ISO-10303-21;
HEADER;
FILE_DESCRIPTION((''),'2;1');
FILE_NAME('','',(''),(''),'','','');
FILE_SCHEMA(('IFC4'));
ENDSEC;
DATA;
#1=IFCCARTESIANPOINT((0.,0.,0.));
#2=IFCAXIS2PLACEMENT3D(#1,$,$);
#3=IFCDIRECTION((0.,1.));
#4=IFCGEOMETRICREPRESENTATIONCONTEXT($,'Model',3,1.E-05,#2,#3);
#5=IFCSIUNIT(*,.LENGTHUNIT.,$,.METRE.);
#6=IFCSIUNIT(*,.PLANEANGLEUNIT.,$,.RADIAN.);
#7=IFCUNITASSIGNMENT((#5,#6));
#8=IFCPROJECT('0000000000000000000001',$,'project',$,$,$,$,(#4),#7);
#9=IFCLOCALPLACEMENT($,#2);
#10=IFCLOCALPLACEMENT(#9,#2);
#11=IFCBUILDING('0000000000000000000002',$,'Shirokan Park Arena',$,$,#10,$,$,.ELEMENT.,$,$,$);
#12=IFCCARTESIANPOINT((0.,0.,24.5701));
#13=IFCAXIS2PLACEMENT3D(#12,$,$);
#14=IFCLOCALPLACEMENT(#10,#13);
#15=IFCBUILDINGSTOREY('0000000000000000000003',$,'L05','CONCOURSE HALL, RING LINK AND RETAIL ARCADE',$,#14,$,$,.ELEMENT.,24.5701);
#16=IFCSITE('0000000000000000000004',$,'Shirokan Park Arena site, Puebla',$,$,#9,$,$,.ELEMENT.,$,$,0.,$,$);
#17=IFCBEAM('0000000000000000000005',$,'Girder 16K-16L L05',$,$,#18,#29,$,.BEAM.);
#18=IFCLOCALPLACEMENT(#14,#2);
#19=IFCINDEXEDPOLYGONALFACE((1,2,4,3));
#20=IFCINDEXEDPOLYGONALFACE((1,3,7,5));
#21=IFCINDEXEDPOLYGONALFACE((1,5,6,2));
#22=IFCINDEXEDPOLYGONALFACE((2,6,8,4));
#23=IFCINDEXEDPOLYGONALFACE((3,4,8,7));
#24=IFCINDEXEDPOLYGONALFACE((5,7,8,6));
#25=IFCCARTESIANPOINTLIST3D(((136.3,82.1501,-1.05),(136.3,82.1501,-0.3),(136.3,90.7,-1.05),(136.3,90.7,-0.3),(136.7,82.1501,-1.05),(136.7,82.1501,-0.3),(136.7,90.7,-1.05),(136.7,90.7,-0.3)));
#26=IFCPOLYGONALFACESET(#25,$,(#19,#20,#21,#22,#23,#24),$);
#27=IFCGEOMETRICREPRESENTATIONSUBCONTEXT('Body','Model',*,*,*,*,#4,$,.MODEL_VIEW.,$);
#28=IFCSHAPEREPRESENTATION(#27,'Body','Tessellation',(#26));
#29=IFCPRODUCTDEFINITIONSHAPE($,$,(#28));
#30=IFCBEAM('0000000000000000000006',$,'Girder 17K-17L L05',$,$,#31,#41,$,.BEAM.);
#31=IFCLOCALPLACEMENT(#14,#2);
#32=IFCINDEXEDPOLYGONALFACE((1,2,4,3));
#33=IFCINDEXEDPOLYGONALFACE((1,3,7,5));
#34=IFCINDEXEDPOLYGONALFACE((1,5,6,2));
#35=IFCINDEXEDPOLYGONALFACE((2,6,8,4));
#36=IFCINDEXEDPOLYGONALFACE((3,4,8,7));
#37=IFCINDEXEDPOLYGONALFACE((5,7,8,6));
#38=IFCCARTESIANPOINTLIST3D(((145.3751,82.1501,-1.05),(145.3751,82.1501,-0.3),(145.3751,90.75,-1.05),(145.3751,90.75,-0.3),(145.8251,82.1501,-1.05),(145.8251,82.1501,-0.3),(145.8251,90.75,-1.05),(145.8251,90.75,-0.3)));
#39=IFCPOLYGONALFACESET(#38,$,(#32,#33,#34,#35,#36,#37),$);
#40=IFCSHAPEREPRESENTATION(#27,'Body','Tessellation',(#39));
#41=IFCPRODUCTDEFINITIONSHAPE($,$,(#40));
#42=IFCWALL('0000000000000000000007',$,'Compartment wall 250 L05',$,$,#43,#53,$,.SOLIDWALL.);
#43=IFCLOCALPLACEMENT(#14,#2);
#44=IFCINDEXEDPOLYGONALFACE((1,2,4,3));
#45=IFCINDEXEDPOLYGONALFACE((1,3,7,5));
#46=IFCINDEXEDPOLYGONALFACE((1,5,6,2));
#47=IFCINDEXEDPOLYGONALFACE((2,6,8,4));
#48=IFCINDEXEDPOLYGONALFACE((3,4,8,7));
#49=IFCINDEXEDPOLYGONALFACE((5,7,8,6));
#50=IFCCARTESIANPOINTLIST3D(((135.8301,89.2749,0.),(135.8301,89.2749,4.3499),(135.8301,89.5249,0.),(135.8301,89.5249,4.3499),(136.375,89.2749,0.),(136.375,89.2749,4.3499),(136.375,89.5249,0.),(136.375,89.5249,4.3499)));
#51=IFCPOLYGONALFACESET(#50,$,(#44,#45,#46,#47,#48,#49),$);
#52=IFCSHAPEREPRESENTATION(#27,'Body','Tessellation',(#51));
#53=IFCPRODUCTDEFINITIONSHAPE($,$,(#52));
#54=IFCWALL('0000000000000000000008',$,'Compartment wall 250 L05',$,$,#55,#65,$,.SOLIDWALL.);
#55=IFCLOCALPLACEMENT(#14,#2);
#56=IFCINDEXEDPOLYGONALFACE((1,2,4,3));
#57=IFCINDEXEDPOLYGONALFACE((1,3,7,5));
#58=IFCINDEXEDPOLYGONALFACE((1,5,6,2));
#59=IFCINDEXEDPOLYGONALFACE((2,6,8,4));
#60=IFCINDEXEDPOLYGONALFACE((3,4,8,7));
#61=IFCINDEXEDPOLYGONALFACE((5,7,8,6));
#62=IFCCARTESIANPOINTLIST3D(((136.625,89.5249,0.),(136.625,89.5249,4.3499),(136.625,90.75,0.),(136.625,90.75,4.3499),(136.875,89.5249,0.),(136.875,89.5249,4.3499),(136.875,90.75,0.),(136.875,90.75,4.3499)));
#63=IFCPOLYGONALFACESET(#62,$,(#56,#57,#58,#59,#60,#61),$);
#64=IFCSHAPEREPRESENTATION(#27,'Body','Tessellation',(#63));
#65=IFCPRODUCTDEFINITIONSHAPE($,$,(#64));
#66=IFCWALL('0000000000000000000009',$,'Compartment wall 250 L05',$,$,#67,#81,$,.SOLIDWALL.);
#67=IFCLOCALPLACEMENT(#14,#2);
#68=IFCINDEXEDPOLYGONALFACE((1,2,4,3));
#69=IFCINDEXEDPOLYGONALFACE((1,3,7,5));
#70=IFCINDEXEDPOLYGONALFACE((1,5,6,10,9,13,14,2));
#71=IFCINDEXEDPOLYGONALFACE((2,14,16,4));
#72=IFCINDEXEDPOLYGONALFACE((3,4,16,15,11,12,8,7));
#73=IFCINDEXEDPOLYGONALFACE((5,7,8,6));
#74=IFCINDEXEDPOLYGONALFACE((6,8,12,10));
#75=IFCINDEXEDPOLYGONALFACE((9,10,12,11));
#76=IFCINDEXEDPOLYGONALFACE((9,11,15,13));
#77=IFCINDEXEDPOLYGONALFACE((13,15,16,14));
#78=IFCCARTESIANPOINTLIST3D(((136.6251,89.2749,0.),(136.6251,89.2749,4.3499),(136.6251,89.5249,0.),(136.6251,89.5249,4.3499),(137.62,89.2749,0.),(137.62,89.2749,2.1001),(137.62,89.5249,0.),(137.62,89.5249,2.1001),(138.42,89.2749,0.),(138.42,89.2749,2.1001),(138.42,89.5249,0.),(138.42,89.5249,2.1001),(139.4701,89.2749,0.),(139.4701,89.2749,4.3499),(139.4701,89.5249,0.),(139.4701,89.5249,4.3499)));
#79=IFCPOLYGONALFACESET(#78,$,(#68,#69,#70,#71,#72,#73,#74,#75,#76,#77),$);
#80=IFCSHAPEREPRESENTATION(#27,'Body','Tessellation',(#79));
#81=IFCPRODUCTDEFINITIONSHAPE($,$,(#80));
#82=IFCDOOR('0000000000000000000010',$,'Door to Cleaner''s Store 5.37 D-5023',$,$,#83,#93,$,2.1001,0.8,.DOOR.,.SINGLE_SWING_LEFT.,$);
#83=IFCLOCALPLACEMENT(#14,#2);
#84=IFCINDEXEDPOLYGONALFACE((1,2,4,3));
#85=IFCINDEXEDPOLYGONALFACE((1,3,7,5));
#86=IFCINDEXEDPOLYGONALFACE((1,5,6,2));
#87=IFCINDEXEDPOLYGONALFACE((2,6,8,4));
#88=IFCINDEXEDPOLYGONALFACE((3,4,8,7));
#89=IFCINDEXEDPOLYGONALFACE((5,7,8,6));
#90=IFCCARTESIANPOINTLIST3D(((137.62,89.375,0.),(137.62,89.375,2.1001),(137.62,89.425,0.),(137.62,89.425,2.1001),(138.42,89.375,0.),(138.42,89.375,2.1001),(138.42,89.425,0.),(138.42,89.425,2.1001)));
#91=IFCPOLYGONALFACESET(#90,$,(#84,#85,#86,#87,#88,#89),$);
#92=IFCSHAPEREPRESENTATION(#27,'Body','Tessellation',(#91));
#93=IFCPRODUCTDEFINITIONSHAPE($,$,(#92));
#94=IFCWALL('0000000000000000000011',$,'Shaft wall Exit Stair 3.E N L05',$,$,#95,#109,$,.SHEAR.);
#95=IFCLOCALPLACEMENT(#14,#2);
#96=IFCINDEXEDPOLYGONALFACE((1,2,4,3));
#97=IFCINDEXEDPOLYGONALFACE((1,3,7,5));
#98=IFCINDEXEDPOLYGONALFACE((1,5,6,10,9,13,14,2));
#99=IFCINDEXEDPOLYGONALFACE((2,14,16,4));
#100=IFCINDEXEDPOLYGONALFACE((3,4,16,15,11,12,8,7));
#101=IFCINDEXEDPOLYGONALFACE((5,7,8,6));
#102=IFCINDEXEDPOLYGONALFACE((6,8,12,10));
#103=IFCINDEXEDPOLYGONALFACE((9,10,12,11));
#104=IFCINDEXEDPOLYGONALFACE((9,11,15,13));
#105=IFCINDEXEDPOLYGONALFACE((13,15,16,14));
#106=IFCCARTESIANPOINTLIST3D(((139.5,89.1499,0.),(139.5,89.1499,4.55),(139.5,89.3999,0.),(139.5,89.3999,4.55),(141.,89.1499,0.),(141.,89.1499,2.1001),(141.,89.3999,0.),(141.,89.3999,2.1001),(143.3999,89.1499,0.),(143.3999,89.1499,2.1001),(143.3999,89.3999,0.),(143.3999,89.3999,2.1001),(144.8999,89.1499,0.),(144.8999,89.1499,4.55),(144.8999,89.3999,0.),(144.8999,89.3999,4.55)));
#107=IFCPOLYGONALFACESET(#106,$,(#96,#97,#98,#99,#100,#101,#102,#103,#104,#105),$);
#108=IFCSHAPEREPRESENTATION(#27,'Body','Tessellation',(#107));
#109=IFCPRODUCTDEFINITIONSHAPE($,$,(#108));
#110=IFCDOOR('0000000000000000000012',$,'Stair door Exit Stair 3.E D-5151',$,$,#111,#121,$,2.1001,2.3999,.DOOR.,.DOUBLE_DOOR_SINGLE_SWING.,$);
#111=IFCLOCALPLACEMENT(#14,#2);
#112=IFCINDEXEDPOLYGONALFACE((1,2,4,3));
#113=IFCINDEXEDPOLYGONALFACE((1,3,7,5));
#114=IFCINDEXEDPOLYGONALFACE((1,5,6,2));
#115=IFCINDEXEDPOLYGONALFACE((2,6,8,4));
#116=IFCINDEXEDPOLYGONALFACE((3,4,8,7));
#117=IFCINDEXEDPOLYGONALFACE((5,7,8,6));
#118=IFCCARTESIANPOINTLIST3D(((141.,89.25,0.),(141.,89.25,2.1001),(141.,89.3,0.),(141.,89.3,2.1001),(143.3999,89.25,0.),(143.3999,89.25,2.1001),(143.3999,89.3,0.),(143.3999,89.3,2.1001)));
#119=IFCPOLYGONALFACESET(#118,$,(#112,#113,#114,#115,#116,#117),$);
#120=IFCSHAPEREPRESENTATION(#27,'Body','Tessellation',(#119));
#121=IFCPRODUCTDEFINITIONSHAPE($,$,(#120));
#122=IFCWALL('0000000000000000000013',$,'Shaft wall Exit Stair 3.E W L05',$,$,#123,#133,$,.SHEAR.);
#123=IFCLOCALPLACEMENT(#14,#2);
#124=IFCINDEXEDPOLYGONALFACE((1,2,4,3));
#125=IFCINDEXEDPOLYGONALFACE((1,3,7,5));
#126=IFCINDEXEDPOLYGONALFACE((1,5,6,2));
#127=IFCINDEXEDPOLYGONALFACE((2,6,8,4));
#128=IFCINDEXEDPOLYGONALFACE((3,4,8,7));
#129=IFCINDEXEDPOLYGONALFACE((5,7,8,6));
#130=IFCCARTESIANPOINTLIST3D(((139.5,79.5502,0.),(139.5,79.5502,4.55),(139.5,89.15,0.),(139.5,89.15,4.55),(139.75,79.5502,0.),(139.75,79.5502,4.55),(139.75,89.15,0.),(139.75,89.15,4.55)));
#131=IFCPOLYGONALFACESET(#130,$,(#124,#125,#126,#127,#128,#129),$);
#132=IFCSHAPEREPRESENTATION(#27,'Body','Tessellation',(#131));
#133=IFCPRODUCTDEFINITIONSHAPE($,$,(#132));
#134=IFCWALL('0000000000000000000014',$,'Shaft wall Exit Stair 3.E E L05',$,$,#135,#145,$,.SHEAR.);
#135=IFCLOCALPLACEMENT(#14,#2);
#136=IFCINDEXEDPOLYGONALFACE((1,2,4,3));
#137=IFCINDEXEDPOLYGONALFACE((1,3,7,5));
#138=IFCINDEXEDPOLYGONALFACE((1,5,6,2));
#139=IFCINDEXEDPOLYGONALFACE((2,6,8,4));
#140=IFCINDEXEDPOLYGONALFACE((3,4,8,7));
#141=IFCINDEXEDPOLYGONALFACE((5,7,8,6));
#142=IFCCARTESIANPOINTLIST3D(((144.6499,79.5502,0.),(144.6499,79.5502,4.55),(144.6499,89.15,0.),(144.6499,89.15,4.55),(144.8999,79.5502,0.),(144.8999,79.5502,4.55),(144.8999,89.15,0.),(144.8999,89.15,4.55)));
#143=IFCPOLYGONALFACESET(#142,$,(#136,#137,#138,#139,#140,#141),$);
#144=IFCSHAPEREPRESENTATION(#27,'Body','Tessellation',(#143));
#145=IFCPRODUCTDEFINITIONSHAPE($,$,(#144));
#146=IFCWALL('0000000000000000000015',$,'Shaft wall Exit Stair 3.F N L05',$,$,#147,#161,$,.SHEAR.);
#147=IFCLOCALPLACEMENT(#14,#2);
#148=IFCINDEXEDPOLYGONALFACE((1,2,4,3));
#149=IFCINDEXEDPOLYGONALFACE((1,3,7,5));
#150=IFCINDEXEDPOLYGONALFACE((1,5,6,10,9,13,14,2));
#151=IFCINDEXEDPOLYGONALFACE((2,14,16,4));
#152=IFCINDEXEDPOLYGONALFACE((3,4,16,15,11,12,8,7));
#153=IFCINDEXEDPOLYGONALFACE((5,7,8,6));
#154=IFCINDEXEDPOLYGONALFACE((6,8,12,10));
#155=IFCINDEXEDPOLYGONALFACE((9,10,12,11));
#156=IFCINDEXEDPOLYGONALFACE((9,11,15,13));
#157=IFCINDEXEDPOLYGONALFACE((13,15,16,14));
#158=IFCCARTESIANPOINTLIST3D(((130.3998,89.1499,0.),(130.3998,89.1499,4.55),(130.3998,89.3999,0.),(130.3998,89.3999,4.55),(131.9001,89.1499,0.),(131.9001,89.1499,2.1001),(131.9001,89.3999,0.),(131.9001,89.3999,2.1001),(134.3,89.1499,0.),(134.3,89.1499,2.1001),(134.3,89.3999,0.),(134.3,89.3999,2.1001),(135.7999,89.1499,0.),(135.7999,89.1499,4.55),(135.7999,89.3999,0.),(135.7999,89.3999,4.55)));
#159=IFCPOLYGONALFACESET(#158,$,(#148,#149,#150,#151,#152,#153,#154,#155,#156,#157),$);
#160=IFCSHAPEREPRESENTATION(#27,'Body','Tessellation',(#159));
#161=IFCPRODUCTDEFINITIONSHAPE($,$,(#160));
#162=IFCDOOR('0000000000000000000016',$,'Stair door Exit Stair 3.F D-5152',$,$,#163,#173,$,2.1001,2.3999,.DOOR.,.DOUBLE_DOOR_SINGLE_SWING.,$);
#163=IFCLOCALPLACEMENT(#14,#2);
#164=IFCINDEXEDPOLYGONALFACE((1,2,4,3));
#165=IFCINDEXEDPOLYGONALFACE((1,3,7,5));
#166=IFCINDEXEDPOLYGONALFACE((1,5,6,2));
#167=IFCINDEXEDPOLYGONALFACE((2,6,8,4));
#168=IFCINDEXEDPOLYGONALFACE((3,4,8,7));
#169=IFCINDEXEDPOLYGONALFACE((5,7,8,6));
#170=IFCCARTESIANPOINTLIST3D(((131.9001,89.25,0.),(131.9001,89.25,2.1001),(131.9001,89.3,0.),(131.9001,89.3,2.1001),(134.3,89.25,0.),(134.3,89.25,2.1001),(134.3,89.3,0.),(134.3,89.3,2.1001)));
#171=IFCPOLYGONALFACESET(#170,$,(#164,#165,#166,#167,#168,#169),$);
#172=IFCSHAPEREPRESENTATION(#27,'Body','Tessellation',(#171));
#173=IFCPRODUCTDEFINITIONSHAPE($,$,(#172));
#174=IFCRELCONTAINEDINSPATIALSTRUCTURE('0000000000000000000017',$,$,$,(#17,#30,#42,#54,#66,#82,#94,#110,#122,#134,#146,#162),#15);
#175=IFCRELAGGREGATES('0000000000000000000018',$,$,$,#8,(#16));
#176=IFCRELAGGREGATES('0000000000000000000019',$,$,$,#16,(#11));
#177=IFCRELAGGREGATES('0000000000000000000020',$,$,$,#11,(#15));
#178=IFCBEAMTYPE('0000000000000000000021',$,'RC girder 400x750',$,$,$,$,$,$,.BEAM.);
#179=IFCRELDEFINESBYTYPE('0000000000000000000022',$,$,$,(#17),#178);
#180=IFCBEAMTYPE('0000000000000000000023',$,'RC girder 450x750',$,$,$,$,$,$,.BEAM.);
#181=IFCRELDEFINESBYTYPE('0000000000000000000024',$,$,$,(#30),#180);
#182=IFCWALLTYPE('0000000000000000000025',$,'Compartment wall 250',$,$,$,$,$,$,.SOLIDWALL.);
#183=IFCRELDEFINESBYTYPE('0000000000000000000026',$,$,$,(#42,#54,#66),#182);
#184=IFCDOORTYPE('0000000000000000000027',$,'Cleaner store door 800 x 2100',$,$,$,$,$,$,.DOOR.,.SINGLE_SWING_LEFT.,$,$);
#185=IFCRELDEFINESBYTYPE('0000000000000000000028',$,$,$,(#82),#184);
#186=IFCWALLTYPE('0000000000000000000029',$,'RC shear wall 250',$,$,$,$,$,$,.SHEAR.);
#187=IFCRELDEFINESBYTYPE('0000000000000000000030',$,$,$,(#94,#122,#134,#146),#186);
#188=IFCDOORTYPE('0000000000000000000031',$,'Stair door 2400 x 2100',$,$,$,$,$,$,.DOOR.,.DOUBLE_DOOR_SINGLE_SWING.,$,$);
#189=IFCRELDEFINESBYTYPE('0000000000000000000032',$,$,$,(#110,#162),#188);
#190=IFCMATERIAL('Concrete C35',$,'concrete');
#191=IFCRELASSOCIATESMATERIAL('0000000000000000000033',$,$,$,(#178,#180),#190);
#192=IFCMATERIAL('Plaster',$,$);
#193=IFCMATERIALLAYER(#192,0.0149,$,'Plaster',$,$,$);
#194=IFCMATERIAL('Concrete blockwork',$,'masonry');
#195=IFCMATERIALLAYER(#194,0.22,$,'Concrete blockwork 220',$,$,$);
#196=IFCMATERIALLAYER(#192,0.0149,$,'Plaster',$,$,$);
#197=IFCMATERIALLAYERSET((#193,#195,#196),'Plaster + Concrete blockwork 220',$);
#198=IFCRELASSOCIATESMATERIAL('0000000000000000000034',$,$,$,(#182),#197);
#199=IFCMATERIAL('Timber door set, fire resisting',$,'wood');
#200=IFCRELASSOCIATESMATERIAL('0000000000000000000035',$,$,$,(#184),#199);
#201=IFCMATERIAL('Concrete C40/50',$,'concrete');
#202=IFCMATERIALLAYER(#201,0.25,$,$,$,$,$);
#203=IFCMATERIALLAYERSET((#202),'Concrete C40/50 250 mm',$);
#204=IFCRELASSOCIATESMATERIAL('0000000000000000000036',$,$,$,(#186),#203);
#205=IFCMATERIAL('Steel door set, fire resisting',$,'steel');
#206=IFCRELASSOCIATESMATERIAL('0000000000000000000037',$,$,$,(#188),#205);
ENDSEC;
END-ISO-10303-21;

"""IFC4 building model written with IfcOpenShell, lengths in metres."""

from ifc_helpers import new_model, si_unit, direction, frame, frame_2d, origin, origin_2d, place, context, subcontext, project, spatial, rectangle, extrude, material, layer, layer_set, material_profile, profile_set, type_object, element, fill, save


model = new_model("IFC4")

# Units and contexts
model_context = context("Model", 3, precision=1e-05, world=origin(), true_north=direction((0.0, 1.0)))
body_context = subcontext(model_context, "Body", "Model", "MODEL_VIEW")
ifc_project = project(units=[si_unit("LENGTHUNIT", "METRE"), si_unit("PLANEANGLEUNIT", "RADIAN")], contexts=[model_context])

# Site, building, storey
site_placement = place(None, origin())
site = spatial("IfcSite", under=ifc_project, at=site_placement, Name="Shirokan Park Arena site, Puebla", CompositionType="ELEMENT", RefElevation=0.0)
building_placement = place(site_placement, origin())
building = spatial("IfcBuilding", under=site, at=building_placement, Name="Shirokan Park Arena", CompositionType="ELEMENT")
storey_placement = place(building_placement, frame((0.0, 0.0, 24.5701)))
storey = spatial("IfcBuildingStorey", under=building, at=storey_placement, Name="L05", Description="CONCOURSE HALL, RING LINK AND RETAIL ARCADE", CompositionType="ELEMENT", Elevation=24.5701)

# Beams
ifc_material_1 = material(Name="Concrete C35", Category="concrete")
ifc_material_profile_1 = material_profile(ifc_material_1, rectangle(XDim=0.3999, YDim=0.75, at=origin_2d()), Name="400x750")
ifc_profile_set_1 = profile_set([ifc_material_profile_1], Name="Concrete C35")
beam_type_1 = type_object("IfcBeamType", Name="RC girder 400x750", PredefinedType="BEAM", material=ifc_profile_set_1)
beam_1_placement = place(storey_placement, frame((136.5, 82.1501, -0.675), z_axis=(0.0, 1.0, 0.0), x_axis=(-1.0, 0.0, 0.0)))
element("IfcBeam", 1, at=beam_1_placement, inside=storey, type_object=beam_type_1, Name="Girder 16K-16L L05", PredefinedType="BEAM", context=body_context, shape_type="SweptSolid", body=[
    extrude(rectangle(XDim=0.3999, YDim=0.75, at=origin_2d()), origin(), (0.0, 0.0, 1.0), 8.5498),
])
ifc_material_profile_2 = material_profile(ifc_material_1, rectangle(XDim=0.45, YDim=0.75, at=origin_2d()), Name="450x750")
ifc_profile_set_2 = profile_set([ifc_material_profile_2], Name="Concrete C35")
beam_type_2 = type_object("IfcBeamType", Name="RC girder 450x750", PredefinedType="BEAM", material=ifc_profile_set_2)
beam_2_placement = place(storey_placement, frame((145.6001, 82.1501, -0.675), z_axis=(0.0, 1.0, 0.0), x_axis=(-1.0, 0.0, 0.0)))
element("IfcBeam", 2, at=beam_2_placement, inside=storey, type_object=beam_type_2, Name="Girder 17K-17L L05", PredefinedType="BEAM", context=body_context, shape_type="SweptSolid", body=[
    extrude(rectangle(XDim=0.45, YDim=0.75, at=origin_2d()), origin(), (0.0, 0.0, 1.0), 8.5999),
])

# Walls
ifc_material_2 = material(Name="Plaster")
ifc_layer_1 = layer(ifc_material_2, 0.0149, Name="Plaster")
ifc_material_3 = material(Name="Concrete blockwork", Category="masonry")
ifc_layer_2 = layer(ifc_material_3, 0.22, Name="Concrete blockwork 220")
ifc_layer_3 = layer(ifc_material_2, 0.0149, Name="Plaster")
ifc_layer_set_1 = layer_set([ifc_layer_1, ifc_layer_2, ifc_layer_3], Name="Plaster + Concrete blockwork 220")
wall_type_1 = type_object("IfcWallType", Name="Compartment wall 250", PredefinedType="SOLIDWALL", material=ifc_layer_set_1)
wall_1_placement = place(storey_placement, frame((136.375, 89.3999, 0.0), z_axis=(0.0, 0.0, 1.0), x_axis=(-1.0, 0.0, 0.0)))
element("IfcWall", 3, at=wall_1_placement, inside=storey, type_object=wall_type_1, Name="Compartment wall 250 L05", PredefinedType="SOLIDWALL", context=body_context, shape_type="SweptSolid", body=[
    extrude(rectangle(XDim=0.5449, YDim=0.25, at=frame_2d((0.2725, 0.0))), origin(), (0.0, 0.0, 1.0), 4.3499),
])
wall_2_placement = place(storey_placement, frame((136.75, 89.5249, 0.0), z_axis=(0.0, 0.0, 1.0), x_axis=(0.0, 1.0, 0.0)))
element("IfcWall", 4, at=wall_2_placement, inside=storey, type_object=wall_type_1, Name="Compartment wall 250 L05", PredefinedType="SOLIDWALL", context=body_context, shape_type="SweptSolid", body=[
    extrude(rectangle(XDim=1.2251, YDim=0.25, at=frame_2d((0.6125, 0.0))), origin(), (0.0, 0.0, 1.0), 4.3499),
])

# Walls, openings, doors
wall_3_placement = place(storey_placement, frame((139.47, 89.3999, 0.0), z_axis=(0.0, 0.0, 1.0), x_axis=(-1.0, 0.0, 0.0)))
wall_3 = element("IfcWall", 5, at=wall_3_placement, inside=storey, type_object=wall_type_1, Name="Compartment wall 250 L05", PredefinedType="SOLIDWALL", context=body_context, shape_type="SweptSolid", body=[
    extrude(rectangle(XDim=2.845, YDim=0.25, at=frame_2d((1.4224, 0.0))), origin(), (0.0, 0.0, 1.0), 4.3499),
])
opening_1_placement = place(wall_3_placement, frame((1.05, 0.0, 0.0)))
opening_1 = element("IfcOpeningElement", 6, at=opening_1_placement, cuts=wall_3, PredefinedType="OPENING", context=body_context, shape_type="SweptSolid", body=[
    extrude(rectangle(XDim=0.8, YDim=2.1001, at=frame_2d((0.3999, 1.05))), frame((0.0, 0.135, 0.0), z_axis=(0.0, -1.0, 0.0), x_axis=(1.0, 0.0, 0.0)), (0.0, 0.0, 1.0), 0.27),
])
ifc_material_4 = material(Name="Timber door set, fire resisting", Category="wood")
door_type_1 = type_object("IfcDoorType", Name="Cleaner store door 800 x 2100", OperationType="SINGLE_SWING_LEFT", PredefinedType="DOOR", material=ifc_material_4)
door_1_placement = place(opening_1_placement, origin())
door_1 = element("IfcDoor", 7, at=door_1_placement, inside=storey, type_object=door_type_1, Name="Door to Cleaner's Store 5.37 D-5023", OperationType="SINGLE_SWING_LEFT", OverallHeight=2.1001, OverallWidth=0.8, PredefinedType="DOOR", context=body_context, shape_type="SweptSolid", body=[
    extrude(rectangle(XDim=0.8, YDim=2.1001, at=frame_2d((0.3999, 1.05))), frame((0.0, 0.0249, 0.0), z_axis=(0.0, -1.0, 0.0), x_axis=(1.0, 0.0, 0.0)), (0.0, 0.0, 1.0), 0.05),
])
fill(opening_1, door_1)
ifc_material_5 = material(Name="Concrete C40/50", Category="concrete")
ifc_layer_4 = layer(ifc_material_5, 0.25)
ifc_layer_set_2 = layer_set([ifc_layer_4], Name="Concrete C40/50 250 mm")
wall_type_2 = type_object("IfcWallType", Name="RC shear wall 250", PredefinedType="SHEAR", material=ifc_layer_set_2)
wall_4_placement = place(storey_placement, frame((144.8999, 89.2749, 0.0), z_axis=(0.0, 0.0, 1.0), x_axis=(-1.0, 0.0, 0.0)))
wall_4 = element("IfcWall", 8, at=wall_4_placement, inside=storey, type_object=wall_type_2, Name="Shaft wall Exit Stair 3.E N L05", PredefinedType="SHEAR", context=body_context, shape_type="SweptSolid", body=[
    extrude(rectangle(XDim=5.3999, YDim=0.25, at=frame_2d((2.7, 0.0))), origin(), (0.0, 0.0, 1.0), 4.55),
])
opening_2_placement = place(wall_4_placement, frame((1.5, 0.0, 0.0)))
opening_2 = element("IfcOpeningElement", 9, at=opening_2_placement, cuts=wall_4, PredefinedType="OPENING", context=body_context, shape_type="SweptSolid", body=[
    extrude(rectangle(XDim=2.3999, YDim=2.1001, at=frame_2d((1.2, 1.05))), frame((0.0, 0.135, 0.0), z_axis=(0.0, -1.0, 0.0), x_axis=(1.0, 0.0, 0.0)), (0.0, 0.0, 1.0), 0.27),
])
ifc_material_6 = material(Name="Steel door set, fire resisting", Category="steel")
door_type_2 = type_object("IfcDoorType", Name="Stair door 2400 x 2100", OperationType="DOUBLE_DOOR_SINGLE_SWING", PredefinedType="DOOR", material=ifc_material_6)
door_2_placement = place(opening_2_placement, origin())
door_2 = element("IfcDoor", 10, at=door_2_placement, inside=storey, type_object=door_type_2, Name="Stair door Exit Stair 3.E D-5151", OperationType="DOUBLE_DOOR_SINGLE_SWING", OverallHeight=2.1001, OverallWidth=2.3999, PredefinedType="DOOR", context=body_context, shape_type="SweptSolid", body=[
    extrude(rectangle(XDim=2.3999, YDim=2.1001, at=frame_2d((1.2, 1.05))), frame((0.0, 0.0249, 0.0), z_axis=(0.0, -1.0, 0.0), x_axis=(1.0, 0.0, 0.0)), (0.0, 0.0, 1.0), 0.05),
])
fill(opening_2, door_2)

# Walls
for number, where, z_axis, x_axis, name in (
    (11, (139.625, 89.1499, 0.0), (0.0, 0.0, 1.0), (0.0, -1.0, 0.0), "Shaft wall Exit Stair 3.E W L05"),
    (12, (144.7749, 89.1499, 0.0), (0.0, 0.0, 1.0), (0.0, -1.0, 0.0), "Shaft wall Exit Stair 3.E E L05"),
):
    element("IfcWall", number, at=place(storey_placement, frame(where, z_axis=z_axis, x_axis=x_axis)), inside=storey, type_object=wall_type_2, Name=name, PredefinedType="SHEAR", context=body_context, shape_type="SweptSolid", body=[
        extrude(rectangle(XDim=9.5999, YDim=0.25, at=frame_2d((4.7998, 0.0))), origin(), (0.0, 0.0, 1.0), 4.55),
    ])

# Wall, opening, door
wall_5_placement = place(storey_placement, frame((135.8, 89.2749, 0.0), z_axis=(0.0, 0.0, 1.0), x_axis=(-1.0, 0.0, 0.0)))
wall_5 = element("IfcWall", 13, at=wall_5_placement, inside=storey, type_object=wall_type_2, Name="Shaft wall Exit Stair 3.F N L05", PredefinedType="SHEAR", context=body_context, shape_type="SweptSolid", body=[
    extrude(rectangle(XDim=5.4001, YDim=0.25, at=frame_2d((2.7002, 0.0))), origin(), (0.0, 0.0, 1.0), 4.55),
])
opening_3_placement = place(wall_5_placement, frame((1.5, 0.0, 0.0)))
opening_3 = element("IfcOpeningElement", 14, at=opening_3_placement, cuts=wall_5, PredefinedType="OPENING", context=body_context, shape_type="SweptSolid", body=[
    extrude(rectangle(XDim=2.3999, YDim=2.1001, at=frame_2d((1.2, 1.05))), frame((0.0, 0.135, 0.0), z_axis=(0.0, -1.0, 0.0), x_axis=(1.0, 0.0, 0.0)), (0.0, 0.0, 1.0), 0.27),
])
door_3_placement = place(opening_3_placement, origin())
door_3 = element("IfcDoor", 15, at=door_3_placement, inside=storey, type_object=door_type_2, Name="Stair door Exit Stair 3.F D-5152", OperationType="DOUBLE_DOOR_SINGLE_SWING", OverallHeight=2.1001, OverallWidth=2.3999, PredefinedType="DOOR", context=body_context, shape_type="SweptSolid", body=[
    extrude(rectangle(XDim=2.3999, YDim=2.1001, at=frame_2d((1.2, 1.05))), frame((0.0, 0.0249, 0.0), z_axis=(0.0, -1.0, 0.0), x_axis=(1.0, 0.0, 0.0)), (0.0, 0.0, 1.0), 0.05),
])
fill(opening_3, door_3)

save(model, "model.ifc")
